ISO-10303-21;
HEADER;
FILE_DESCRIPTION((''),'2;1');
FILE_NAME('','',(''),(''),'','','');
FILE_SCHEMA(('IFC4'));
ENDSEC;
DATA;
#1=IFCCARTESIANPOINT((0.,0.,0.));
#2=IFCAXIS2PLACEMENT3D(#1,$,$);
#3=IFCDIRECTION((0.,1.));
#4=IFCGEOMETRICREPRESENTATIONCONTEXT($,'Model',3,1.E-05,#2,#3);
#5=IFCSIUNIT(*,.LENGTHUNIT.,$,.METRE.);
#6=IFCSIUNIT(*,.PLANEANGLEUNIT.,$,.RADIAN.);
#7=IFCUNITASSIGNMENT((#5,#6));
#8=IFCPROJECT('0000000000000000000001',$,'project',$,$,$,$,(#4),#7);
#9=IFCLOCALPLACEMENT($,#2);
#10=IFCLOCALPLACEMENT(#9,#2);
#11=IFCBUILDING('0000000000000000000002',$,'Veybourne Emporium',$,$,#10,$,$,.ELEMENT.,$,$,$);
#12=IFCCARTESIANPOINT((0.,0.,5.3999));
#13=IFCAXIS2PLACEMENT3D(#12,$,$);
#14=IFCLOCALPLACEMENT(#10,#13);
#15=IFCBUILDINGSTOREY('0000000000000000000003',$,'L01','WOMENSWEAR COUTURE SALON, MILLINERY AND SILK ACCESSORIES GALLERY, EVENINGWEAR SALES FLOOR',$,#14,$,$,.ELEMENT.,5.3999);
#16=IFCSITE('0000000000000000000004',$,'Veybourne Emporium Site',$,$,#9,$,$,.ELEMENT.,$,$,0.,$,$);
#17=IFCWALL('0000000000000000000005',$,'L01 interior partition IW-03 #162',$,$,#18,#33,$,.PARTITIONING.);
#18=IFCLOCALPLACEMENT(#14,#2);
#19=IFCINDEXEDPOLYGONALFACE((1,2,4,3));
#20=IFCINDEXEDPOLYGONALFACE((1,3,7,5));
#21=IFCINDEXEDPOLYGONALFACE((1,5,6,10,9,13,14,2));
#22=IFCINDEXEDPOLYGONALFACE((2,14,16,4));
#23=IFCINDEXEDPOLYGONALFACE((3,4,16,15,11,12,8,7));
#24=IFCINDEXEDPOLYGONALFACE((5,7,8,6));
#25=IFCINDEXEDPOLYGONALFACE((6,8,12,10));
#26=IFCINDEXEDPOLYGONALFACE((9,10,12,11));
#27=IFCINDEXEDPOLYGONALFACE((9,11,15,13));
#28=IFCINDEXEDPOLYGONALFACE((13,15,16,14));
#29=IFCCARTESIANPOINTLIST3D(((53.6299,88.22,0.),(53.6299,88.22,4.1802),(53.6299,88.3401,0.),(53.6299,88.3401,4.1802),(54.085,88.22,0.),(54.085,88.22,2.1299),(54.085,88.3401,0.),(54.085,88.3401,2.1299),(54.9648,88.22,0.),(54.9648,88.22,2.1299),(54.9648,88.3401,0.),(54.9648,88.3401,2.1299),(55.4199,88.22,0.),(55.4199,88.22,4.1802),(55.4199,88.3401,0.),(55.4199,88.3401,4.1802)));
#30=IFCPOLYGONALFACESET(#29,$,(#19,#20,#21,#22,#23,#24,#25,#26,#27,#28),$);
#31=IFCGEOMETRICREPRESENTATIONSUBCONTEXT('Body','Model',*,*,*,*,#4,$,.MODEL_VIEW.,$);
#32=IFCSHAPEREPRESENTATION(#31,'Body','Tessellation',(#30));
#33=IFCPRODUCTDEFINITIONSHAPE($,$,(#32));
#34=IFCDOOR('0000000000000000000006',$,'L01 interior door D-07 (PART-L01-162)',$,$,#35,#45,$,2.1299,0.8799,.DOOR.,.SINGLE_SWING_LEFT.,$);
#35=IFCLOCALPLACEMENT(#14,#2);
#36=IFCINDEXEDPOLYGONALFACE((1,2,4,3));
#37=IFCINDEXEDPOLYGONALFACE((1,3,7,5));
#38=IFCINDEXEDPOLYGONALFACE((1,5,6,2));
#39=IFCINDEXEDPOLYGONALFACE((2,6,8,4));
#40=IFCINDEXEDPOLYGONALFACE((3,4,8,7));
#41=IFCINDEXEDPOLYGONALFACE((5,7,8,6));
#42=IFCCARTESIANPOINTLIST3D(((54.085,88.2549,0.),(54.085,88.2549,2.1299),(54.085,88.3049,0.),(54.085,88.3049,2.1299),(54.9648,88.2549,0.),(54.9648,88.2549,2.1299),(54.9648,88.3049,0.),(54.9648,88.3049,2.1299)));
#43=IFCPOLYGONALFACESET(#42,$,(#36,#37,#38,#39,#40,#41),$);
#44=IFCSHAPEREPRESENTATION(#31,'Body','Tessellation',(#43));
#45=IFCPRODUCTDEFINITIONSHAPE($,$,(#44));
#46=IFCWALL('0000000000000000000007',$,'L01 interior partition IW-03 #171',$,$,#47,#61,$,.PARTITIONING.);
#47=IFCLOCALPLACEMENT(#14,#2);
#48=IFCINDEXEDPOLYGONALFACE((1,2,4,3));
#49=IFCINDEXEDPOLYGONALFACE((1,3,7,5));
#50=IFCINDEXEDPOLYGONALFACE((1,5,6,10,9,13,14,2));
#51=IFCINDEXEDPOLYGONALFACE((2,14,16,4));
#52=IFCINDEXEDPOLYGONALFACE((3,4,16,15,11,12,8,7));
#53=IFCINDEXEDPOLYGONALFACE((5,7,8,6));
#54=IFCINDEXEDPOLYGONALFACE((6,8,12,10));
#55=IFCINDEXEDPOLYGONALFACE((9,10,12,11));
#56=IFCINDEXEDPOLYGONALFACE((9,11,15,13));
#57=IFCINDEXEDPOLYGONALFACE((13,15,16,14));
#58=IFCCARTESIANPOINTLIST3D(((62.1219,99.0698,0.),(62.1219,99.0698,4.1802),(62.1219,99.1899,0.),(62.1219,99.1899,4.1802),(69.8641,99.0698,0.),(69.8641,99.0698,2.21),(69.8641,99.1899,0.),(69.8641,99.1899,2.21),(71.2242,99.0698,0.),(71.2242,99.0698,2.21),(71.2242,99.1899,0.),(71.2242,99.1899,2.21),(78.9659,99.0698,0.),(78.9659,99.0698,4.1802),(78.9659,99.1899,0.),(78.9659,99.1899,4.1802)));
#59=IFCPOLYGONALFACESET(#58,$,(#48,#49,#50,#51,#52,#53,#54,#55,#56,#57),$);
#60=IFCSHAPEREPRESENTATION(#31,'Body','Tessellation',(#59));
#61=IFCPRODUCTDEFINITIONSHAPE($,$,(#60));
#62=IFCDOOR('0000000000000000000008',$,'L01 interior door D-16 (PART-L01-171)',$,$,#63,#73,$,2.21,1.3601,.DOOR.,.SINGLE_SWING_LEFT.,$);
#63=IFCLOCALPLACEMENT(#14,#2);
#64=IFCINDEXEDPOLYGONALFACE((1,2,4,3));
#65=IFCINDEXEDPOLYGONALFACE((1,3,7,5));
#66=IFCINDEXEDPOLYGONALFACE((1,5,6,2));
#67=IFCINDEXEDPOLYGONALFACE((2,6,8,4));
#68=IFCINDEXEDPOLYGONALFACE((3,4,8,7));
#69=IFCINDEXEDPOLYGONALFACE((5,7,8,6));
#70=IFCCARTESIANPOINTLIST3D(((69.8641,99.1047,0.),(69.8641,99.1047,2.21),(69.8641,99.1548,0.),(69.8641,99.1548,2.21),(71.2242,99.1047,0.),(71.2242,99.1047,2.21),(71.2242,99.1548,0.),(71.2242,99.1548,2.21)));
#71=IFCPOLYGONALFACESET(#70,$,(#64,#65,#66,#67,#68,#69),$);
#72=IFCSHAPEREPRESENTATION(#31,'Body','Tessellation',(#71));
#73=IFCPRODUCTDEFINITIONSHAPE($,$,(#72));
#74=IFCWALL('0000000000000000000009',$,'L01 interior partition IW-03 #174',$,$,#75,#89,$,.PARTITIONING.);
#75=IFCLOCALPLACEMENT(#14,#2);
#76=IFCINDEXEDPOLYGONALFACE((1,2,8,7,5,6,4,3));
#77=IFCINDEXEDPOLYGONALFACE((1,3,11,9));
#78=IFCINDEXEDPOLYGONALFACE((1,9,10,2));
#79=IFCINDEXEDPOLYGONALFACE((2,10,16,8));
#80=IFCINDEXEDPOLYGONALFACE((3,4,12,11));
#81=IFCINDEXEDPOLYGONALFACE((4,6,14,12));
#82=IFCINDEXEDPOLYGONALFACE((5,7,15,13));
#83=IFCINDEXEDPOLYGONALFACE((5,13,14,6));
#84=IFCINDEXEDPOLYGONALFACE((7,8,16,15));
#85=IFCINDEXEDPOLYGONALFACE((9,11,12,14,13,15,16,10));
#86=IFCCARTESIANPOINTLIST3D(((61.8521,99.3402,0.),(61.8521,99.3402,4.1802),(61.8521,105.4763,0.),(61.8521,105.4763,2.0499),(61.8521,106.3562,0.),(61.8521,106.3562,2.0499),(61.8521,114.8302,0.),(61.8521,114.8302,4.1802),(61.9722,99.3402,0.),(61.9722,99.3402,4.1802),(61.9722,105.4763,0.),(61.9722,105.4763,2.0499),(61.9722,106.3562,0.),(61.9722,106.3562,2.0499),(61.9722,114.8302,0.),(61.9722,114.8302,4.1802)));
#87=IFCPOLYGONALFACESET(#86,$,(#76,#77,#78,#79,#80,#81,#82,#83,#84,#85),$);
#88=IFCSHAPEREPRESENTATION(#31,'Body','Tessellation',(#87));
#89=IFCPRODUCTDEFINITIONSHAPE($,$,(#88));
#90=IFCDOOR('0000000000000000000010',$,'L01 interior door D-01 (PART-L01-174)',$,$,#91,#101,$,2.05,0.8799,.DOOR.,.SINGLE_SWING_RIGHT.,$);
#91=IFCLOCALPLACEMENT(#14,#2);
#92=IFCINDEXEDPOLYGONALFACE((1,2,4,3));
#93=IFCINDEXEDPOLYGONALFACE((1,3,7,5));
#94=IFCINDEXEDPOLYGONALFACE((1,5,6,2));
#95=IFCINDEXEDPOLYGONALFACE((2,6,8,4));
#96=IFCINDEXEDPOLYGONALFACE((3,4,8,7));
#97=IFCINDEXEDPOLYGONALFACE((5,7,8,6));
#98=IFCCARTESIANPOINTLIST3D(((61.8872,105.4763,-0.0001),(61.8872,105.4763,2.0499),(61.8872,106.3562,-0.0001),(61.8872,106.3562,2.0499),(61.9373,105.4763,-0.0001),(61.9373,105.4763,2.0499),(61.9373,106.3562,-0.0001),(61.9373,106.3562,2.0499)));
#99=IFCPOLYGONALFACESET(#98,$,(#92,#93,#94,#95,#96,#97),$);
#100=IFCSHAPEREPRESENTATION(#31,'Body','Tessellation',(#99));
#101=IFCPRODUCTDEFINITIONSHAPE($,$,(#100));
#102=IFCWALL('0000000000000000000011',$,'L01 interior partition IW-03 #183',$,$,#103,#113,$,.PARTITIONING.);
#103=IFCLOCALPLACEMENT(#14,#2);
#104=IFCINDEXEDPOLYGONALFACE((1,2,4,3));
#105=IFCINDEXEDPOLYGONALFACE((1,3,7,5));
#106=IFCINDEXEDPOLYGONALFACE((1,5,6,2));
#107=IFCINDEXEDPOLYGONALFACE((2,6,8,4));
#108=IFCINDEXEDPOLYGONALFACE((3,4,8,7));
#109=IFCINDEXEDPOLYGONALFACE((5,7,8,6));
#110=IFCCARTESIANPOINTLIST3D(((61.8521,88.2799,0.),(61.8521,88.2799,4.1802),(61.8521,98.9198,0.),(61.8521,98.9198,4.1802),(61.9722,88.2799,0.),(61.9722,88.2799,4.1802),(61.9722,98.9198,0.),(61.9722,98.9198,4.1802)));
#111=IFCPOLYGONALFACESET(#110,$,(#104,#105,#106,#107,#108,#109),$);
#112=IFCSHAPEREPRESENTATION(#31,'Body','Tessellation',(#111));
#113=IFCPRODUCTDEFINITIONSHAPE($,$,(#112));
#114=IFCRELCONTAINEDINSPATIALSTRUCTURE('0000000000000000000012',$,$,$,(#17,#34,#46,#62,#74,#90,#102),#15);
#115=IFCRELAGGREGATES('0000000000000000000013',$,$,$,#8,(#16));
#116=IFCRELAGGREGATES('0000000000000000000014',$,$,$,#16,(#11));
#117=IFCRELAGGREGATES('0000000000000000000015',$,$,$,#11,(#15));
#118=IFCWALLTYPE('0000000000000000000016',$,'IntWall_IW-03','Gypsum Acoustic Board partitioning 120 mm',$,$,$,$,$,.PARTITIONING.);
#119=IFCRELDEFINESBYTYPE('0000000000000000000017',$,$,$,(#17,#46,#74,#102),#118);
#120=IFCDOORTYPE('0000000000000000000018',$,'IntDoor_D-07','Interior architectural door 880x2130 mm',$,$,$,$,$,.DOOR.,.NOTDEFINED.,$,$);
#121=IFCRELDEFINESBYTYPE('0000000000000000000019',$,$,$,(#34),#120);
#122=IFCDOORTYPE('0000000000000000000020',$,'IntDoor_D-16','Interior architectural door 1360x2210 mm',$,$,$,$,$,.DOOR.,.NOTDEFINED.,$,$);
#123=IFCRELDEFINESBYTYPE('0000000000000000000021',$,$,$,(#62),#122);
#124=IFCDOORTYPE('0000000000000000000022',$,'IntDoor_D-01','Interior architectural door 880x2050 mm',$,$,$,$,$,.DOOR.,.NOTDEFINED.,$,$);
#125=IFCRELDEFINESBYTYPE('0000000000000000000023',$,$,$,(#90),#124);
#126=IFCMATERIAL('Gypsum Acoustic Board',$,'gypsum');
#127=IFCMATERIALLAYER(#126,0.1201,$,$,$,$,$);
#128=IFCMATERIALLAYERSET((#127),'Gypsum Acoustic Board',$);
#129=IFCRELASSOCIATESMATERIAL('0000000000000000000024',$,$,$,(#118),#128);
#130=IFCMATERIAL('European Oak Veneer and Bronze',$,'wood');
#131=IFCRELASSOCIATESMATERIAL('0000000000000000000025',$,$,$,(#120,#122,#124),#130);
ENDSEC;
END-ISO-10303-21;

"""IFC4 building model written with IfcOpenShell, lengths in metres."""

from ifc_helpers import new_model, si_unit, direction, frame, frame_2d, origin, place, context, subcontext, project, spatial, rectangle, extrude, material, layer, layer_set, type_object, element, fill, save


model = new_model("IFC4")

# Units and contexts
model_context = context("Model", 3, precision=1e-05, world=origin(), true_north=direction((0.0, 1.0)))
body_context = subcontext(model_context, "Body", "Model", "MODEL_VIEW")
ifc_project = project(units=[si_unit("LENGTHUNIT", "METRE"), si_unit("PLANEANGLEUNIT", "RADIAN")], contexts=[model_context])

# Site, building, storey
site_placement = place(None, origin())
site = spatial("IfcSite", under=ifc_project, at=site_placement, Name="Veybourne Emporium Site", CompositionType="ELEMENT", RefElevation=0.0)
building_placement = place(site_placement, origin())
building = spatial("IfcBuilding", under=site, at=building_placement, Name="Veybourne Emporium", CompositionType="ELEMENT")
storey_placement = place(building_placement, frame((0.0, 0.0, 5.3999)))
storey = spatial("IfcBuildingStorey", under=building, at=storey_placement, Name="L01", Description="WOMENSWEAR COUTURE SALON, MILLINERY AND SILK ACCESSORIES GALLERY, EVENINGWEAR SALES FLOOR", CompositionType="ELEMENT", Elevation=5.3999)

# Walls, openings, doors
ifc_material_1 = material(Name="Gypsum Acoustic Board", Category="gypsum")
ifc_layer = layer(ifc_material_1, 0.1201)
ifc_layer_set = layer_set([ifc_layer], Name="Gypsum Acoustic Board")
wall_type = type_object("IfcWallType", Name="IntWall_IW-03", Description="Gypsum Acoustic Board partitioning 120 mm", PredefinedType="PARTITIONING", material=ifc_layer_set)
wall_1_placement = place(storey_placement, frame((53.6299, 88.28, 0.0), z_axis=(0.0, 0.0, 1.0), x_axis=(1.0, 0.0, 0.0)))
wall_1 = element("IfcWall", 1, at=wall_1_placement, inside=storey, type_object=wall_type, Name="L01 interior partition IW-03 #162", PredefinedType="PARTITIONING", context=body_context, shape_type="SweptSolid", body=[
    extrude(rectangle(XDim=1.79, YDim=0.1201, at=frame_2d((0.895, 0.0))), origin(), (0.0, 0.0, 1.0), 4.1802),
])
opening_1_placement = place(wall_1_placement, frame((0.4551, 0.0, 0.0)))
opening_1 = element("IfcOpeningElement", 2, at=opening_1_placement, cuts=wall_1, PredefinedType="OPENING", context=body_context, shape_type="SweptSolid", body=[
    extrude(rectangle(XDim=0.8799, YDim=2.1299, at=frame_2d((0.4399, 1.0649))), frame((0.0, 0.0801, 0.0), z_axis=(0.0, -1.0, 0.0), x_axis=(1.0, 0.0, 0.0)), (0.0, 0.0, 1.0), 0.1602),
])
ifc_material_2 = material(Name="European Oak Veneer and Bronze", Category="wood")
door_type_1 = type_object("IfcDoorType", Name="IntDoor_D-07", Description="Interior architectural door 880x2130 mm", OperationType="NOTDEFINED", PredefinedType="DOOR", material=ifc_material_2)
door_1_placement = place(opening_1_placement, origin())
door_1 = element("IfcDoor", 3, at=door_1_placement, inside=storey, type_object=door_type_1, Name="L01 interior door D-07 (PART-L01-162)", OperationType="SINGLE_SWING_LEFT", OverallHeight=2.1299, OverallWidth=0.8799, PredefinedType="DOOR", context=body_context, shape_type="SweptSolid", body=[
    extrude(rectangle(XDim=0.8799, YDim=2.1299, at=frame_2d((0.4399, 1.0649))), frame((0.0, 0.0249, 0.0), z_axis=(0.0, -1.0, 0.0), x_axis=(1.0, 0.0, 0.0)), (0.0, 0.0, 1.0), 0.05),
])
fill(opening_1, door_1)
wall_2_placement = place(storey_placement, frame((62.1221, 99.1299, 0.0), z_axis=(0.0, 0.0, 1.0), x_axis=(1.0, 0.0, 0.0)))
wall_2 = element("IfcWall", 4, at=wall_2_placement, inside=storey, type_object=wall_type, Name="L01 interior partition IW-03 #171", PredefinedType="PARTITIONING", context=body_context, shape_type="SweptSolid", body=[
    extrude(rectangle(XDim=16.844, YDim=0.1201, at=frame_2d((8.4219, 0.0))), origin(), (0.0, 0.0, 1.0), 4.1802),
])
opening_2_placement = place(wall_2_placement, frame((7.7419, 0.0, 0.0)))
opening_2 = element("IfcOpeningElement", 5, at=opening_2_placement, cuts=wall_2, PredefinedType="OPENING", context=body_context, shape_type="SweptSolid", body=[
    extrude(rectangle(XDim=1.3601, YDim=2.21, at=frame_2d((0.6802, 1.105))), frame((0.0, 0.0801, 0.0), z_axis=(0.0, -1.0, 0.0), x_axis=(1.0, 0.0, 0.0)), (0.0, 0.0, 1.0), 0.1602),
])
door_type_2 = type_object("IfcDoorType", Name="IntDoor_D-16", Description="Interior architectural door 1360x2210 mm", OperationType="NOTDEFINED", PredefinedType="DOOR", material=ifc_material_2)
door_2_placement = place(opening_2_placement, origin())
door_2 = element("IfcDoor", 6, at=door_2_placement, inside=storey, type_object=door_type_2, Name="L01 interior door D-16 (PART-L01-171)", OperationType="SINGLE_SWING_LEFT", OverallHeight=2.21, OverallWidth=1.3601, PredefinedType="DOOR", context=body_context, shape_type="SweptSolid", body=[
    extrude(rectangle(XDim=1.3601, YDim=2.21, at=frame_2d((0.6802, 1.105))), frame((0.0, 0.0249, 0.0), z_axis=(0.0, -1.0, 0.0), x_axis=(1.0, 0.0, 0.0)), (0.0, 0.0, 1.0), 0.05),
])
fill(opening_2, door_2)
wall_3_placement = place(storey_placement, frame((61.9121, 99.3401, 0.0), z_axis=(0.0, 0.0, 1.0), x_axis=(0.0, 1.0, 0.0)))
wall_3 = element("IfcWall", 7, at=wall_3_placement, inside=storey, type_object=wall_type, Name="L01 interior partition IW-03 #174", PredefinedType="PARTITIONING", context=body_context, shape_type="SweptSolid", body=[
    extrude(rectangle(XDim=15.49, YDim=0.1201, at=frame_2d((7.7451, 0.0))), origin(), (0.0, 0.0, 1.0), 4.1802),
])
opening_3_placement = place(wall_3_placement, frame((6.1362, 0.0, 0.0)))
opening_3 = element("IfcOpeningElement", 8, at=opening_3_placement, cuts=wall_3, PredefinedType="OPENING", context=body_context, shape_type="SweptSolid", body=[
    extrude(rectangle(XDim=0.8799, YDim=2.05, at=frame_2d((0.4399, 1.0249))), frame((0.0, 0.0801, 0.0), z_axis=(0.0, -1.0, 0.0), x_axis=(1.0, 0.0, 0.0)), (0.0, 0.0, 1.0), 0.1602),
])
door_type_3 = type_object("IfcDoorType", Name="IntDoor_D-01", Description="Interior architectural door 880x2050 mm", OperationType="NOTDEFINED", PredefinedType="DOOR", material=ifc_material_2)
door_3_placement = place(opening_3_placement, origin())
door_3 = element("IfcDoor", 9, at=door_3_placement, inside=storey, type_object=door_type_3, Name="L01 interior door D-01 (PART-L01-174)", OperationType="SINGLE_SWING_RIGHT", OverallHeight=2.05, OverallWidth=0.8799, PredefinedType="DOOR", context=body_context, shape_type="SweptSolid", body=[
    extrude(rectangle(XDim=0.8799, YDim=2.05, at=frame_2d((0.4399, 1.0249))), frame((0.0, 0.0249, 0.0), z_axis=(0.0, -1.0, 0.0), x_axis=(1.0, 0.0, 0.0)), (0.0, 0.0, 1.0), 0.05),
])
fill(opening_3, door_3)

# Wall
wall_4_placement = place(storey_placement, frame((61.9121, 88.28, 0.0), z_axis=(0.0, 0.0, 1.0), x_axis=(0.0, 1.0, 0.0)))
element("IfcWall", 10, at=wall_4_placement, inside=storey, type_object=wall_type, Name="L01 interior partition IW-03 #183", PredefinedType="PARTITIONING", context=body_context, shape_type="SweptSolid", body=[
    extrude(rectangle(XDim=10.6399, YDim=0.1201, at=frame_2d((5.3198, 0.0))), origin(), (0.0, 0.0, 1.0), 4.1802),
])

save(model, "model.ifc")
